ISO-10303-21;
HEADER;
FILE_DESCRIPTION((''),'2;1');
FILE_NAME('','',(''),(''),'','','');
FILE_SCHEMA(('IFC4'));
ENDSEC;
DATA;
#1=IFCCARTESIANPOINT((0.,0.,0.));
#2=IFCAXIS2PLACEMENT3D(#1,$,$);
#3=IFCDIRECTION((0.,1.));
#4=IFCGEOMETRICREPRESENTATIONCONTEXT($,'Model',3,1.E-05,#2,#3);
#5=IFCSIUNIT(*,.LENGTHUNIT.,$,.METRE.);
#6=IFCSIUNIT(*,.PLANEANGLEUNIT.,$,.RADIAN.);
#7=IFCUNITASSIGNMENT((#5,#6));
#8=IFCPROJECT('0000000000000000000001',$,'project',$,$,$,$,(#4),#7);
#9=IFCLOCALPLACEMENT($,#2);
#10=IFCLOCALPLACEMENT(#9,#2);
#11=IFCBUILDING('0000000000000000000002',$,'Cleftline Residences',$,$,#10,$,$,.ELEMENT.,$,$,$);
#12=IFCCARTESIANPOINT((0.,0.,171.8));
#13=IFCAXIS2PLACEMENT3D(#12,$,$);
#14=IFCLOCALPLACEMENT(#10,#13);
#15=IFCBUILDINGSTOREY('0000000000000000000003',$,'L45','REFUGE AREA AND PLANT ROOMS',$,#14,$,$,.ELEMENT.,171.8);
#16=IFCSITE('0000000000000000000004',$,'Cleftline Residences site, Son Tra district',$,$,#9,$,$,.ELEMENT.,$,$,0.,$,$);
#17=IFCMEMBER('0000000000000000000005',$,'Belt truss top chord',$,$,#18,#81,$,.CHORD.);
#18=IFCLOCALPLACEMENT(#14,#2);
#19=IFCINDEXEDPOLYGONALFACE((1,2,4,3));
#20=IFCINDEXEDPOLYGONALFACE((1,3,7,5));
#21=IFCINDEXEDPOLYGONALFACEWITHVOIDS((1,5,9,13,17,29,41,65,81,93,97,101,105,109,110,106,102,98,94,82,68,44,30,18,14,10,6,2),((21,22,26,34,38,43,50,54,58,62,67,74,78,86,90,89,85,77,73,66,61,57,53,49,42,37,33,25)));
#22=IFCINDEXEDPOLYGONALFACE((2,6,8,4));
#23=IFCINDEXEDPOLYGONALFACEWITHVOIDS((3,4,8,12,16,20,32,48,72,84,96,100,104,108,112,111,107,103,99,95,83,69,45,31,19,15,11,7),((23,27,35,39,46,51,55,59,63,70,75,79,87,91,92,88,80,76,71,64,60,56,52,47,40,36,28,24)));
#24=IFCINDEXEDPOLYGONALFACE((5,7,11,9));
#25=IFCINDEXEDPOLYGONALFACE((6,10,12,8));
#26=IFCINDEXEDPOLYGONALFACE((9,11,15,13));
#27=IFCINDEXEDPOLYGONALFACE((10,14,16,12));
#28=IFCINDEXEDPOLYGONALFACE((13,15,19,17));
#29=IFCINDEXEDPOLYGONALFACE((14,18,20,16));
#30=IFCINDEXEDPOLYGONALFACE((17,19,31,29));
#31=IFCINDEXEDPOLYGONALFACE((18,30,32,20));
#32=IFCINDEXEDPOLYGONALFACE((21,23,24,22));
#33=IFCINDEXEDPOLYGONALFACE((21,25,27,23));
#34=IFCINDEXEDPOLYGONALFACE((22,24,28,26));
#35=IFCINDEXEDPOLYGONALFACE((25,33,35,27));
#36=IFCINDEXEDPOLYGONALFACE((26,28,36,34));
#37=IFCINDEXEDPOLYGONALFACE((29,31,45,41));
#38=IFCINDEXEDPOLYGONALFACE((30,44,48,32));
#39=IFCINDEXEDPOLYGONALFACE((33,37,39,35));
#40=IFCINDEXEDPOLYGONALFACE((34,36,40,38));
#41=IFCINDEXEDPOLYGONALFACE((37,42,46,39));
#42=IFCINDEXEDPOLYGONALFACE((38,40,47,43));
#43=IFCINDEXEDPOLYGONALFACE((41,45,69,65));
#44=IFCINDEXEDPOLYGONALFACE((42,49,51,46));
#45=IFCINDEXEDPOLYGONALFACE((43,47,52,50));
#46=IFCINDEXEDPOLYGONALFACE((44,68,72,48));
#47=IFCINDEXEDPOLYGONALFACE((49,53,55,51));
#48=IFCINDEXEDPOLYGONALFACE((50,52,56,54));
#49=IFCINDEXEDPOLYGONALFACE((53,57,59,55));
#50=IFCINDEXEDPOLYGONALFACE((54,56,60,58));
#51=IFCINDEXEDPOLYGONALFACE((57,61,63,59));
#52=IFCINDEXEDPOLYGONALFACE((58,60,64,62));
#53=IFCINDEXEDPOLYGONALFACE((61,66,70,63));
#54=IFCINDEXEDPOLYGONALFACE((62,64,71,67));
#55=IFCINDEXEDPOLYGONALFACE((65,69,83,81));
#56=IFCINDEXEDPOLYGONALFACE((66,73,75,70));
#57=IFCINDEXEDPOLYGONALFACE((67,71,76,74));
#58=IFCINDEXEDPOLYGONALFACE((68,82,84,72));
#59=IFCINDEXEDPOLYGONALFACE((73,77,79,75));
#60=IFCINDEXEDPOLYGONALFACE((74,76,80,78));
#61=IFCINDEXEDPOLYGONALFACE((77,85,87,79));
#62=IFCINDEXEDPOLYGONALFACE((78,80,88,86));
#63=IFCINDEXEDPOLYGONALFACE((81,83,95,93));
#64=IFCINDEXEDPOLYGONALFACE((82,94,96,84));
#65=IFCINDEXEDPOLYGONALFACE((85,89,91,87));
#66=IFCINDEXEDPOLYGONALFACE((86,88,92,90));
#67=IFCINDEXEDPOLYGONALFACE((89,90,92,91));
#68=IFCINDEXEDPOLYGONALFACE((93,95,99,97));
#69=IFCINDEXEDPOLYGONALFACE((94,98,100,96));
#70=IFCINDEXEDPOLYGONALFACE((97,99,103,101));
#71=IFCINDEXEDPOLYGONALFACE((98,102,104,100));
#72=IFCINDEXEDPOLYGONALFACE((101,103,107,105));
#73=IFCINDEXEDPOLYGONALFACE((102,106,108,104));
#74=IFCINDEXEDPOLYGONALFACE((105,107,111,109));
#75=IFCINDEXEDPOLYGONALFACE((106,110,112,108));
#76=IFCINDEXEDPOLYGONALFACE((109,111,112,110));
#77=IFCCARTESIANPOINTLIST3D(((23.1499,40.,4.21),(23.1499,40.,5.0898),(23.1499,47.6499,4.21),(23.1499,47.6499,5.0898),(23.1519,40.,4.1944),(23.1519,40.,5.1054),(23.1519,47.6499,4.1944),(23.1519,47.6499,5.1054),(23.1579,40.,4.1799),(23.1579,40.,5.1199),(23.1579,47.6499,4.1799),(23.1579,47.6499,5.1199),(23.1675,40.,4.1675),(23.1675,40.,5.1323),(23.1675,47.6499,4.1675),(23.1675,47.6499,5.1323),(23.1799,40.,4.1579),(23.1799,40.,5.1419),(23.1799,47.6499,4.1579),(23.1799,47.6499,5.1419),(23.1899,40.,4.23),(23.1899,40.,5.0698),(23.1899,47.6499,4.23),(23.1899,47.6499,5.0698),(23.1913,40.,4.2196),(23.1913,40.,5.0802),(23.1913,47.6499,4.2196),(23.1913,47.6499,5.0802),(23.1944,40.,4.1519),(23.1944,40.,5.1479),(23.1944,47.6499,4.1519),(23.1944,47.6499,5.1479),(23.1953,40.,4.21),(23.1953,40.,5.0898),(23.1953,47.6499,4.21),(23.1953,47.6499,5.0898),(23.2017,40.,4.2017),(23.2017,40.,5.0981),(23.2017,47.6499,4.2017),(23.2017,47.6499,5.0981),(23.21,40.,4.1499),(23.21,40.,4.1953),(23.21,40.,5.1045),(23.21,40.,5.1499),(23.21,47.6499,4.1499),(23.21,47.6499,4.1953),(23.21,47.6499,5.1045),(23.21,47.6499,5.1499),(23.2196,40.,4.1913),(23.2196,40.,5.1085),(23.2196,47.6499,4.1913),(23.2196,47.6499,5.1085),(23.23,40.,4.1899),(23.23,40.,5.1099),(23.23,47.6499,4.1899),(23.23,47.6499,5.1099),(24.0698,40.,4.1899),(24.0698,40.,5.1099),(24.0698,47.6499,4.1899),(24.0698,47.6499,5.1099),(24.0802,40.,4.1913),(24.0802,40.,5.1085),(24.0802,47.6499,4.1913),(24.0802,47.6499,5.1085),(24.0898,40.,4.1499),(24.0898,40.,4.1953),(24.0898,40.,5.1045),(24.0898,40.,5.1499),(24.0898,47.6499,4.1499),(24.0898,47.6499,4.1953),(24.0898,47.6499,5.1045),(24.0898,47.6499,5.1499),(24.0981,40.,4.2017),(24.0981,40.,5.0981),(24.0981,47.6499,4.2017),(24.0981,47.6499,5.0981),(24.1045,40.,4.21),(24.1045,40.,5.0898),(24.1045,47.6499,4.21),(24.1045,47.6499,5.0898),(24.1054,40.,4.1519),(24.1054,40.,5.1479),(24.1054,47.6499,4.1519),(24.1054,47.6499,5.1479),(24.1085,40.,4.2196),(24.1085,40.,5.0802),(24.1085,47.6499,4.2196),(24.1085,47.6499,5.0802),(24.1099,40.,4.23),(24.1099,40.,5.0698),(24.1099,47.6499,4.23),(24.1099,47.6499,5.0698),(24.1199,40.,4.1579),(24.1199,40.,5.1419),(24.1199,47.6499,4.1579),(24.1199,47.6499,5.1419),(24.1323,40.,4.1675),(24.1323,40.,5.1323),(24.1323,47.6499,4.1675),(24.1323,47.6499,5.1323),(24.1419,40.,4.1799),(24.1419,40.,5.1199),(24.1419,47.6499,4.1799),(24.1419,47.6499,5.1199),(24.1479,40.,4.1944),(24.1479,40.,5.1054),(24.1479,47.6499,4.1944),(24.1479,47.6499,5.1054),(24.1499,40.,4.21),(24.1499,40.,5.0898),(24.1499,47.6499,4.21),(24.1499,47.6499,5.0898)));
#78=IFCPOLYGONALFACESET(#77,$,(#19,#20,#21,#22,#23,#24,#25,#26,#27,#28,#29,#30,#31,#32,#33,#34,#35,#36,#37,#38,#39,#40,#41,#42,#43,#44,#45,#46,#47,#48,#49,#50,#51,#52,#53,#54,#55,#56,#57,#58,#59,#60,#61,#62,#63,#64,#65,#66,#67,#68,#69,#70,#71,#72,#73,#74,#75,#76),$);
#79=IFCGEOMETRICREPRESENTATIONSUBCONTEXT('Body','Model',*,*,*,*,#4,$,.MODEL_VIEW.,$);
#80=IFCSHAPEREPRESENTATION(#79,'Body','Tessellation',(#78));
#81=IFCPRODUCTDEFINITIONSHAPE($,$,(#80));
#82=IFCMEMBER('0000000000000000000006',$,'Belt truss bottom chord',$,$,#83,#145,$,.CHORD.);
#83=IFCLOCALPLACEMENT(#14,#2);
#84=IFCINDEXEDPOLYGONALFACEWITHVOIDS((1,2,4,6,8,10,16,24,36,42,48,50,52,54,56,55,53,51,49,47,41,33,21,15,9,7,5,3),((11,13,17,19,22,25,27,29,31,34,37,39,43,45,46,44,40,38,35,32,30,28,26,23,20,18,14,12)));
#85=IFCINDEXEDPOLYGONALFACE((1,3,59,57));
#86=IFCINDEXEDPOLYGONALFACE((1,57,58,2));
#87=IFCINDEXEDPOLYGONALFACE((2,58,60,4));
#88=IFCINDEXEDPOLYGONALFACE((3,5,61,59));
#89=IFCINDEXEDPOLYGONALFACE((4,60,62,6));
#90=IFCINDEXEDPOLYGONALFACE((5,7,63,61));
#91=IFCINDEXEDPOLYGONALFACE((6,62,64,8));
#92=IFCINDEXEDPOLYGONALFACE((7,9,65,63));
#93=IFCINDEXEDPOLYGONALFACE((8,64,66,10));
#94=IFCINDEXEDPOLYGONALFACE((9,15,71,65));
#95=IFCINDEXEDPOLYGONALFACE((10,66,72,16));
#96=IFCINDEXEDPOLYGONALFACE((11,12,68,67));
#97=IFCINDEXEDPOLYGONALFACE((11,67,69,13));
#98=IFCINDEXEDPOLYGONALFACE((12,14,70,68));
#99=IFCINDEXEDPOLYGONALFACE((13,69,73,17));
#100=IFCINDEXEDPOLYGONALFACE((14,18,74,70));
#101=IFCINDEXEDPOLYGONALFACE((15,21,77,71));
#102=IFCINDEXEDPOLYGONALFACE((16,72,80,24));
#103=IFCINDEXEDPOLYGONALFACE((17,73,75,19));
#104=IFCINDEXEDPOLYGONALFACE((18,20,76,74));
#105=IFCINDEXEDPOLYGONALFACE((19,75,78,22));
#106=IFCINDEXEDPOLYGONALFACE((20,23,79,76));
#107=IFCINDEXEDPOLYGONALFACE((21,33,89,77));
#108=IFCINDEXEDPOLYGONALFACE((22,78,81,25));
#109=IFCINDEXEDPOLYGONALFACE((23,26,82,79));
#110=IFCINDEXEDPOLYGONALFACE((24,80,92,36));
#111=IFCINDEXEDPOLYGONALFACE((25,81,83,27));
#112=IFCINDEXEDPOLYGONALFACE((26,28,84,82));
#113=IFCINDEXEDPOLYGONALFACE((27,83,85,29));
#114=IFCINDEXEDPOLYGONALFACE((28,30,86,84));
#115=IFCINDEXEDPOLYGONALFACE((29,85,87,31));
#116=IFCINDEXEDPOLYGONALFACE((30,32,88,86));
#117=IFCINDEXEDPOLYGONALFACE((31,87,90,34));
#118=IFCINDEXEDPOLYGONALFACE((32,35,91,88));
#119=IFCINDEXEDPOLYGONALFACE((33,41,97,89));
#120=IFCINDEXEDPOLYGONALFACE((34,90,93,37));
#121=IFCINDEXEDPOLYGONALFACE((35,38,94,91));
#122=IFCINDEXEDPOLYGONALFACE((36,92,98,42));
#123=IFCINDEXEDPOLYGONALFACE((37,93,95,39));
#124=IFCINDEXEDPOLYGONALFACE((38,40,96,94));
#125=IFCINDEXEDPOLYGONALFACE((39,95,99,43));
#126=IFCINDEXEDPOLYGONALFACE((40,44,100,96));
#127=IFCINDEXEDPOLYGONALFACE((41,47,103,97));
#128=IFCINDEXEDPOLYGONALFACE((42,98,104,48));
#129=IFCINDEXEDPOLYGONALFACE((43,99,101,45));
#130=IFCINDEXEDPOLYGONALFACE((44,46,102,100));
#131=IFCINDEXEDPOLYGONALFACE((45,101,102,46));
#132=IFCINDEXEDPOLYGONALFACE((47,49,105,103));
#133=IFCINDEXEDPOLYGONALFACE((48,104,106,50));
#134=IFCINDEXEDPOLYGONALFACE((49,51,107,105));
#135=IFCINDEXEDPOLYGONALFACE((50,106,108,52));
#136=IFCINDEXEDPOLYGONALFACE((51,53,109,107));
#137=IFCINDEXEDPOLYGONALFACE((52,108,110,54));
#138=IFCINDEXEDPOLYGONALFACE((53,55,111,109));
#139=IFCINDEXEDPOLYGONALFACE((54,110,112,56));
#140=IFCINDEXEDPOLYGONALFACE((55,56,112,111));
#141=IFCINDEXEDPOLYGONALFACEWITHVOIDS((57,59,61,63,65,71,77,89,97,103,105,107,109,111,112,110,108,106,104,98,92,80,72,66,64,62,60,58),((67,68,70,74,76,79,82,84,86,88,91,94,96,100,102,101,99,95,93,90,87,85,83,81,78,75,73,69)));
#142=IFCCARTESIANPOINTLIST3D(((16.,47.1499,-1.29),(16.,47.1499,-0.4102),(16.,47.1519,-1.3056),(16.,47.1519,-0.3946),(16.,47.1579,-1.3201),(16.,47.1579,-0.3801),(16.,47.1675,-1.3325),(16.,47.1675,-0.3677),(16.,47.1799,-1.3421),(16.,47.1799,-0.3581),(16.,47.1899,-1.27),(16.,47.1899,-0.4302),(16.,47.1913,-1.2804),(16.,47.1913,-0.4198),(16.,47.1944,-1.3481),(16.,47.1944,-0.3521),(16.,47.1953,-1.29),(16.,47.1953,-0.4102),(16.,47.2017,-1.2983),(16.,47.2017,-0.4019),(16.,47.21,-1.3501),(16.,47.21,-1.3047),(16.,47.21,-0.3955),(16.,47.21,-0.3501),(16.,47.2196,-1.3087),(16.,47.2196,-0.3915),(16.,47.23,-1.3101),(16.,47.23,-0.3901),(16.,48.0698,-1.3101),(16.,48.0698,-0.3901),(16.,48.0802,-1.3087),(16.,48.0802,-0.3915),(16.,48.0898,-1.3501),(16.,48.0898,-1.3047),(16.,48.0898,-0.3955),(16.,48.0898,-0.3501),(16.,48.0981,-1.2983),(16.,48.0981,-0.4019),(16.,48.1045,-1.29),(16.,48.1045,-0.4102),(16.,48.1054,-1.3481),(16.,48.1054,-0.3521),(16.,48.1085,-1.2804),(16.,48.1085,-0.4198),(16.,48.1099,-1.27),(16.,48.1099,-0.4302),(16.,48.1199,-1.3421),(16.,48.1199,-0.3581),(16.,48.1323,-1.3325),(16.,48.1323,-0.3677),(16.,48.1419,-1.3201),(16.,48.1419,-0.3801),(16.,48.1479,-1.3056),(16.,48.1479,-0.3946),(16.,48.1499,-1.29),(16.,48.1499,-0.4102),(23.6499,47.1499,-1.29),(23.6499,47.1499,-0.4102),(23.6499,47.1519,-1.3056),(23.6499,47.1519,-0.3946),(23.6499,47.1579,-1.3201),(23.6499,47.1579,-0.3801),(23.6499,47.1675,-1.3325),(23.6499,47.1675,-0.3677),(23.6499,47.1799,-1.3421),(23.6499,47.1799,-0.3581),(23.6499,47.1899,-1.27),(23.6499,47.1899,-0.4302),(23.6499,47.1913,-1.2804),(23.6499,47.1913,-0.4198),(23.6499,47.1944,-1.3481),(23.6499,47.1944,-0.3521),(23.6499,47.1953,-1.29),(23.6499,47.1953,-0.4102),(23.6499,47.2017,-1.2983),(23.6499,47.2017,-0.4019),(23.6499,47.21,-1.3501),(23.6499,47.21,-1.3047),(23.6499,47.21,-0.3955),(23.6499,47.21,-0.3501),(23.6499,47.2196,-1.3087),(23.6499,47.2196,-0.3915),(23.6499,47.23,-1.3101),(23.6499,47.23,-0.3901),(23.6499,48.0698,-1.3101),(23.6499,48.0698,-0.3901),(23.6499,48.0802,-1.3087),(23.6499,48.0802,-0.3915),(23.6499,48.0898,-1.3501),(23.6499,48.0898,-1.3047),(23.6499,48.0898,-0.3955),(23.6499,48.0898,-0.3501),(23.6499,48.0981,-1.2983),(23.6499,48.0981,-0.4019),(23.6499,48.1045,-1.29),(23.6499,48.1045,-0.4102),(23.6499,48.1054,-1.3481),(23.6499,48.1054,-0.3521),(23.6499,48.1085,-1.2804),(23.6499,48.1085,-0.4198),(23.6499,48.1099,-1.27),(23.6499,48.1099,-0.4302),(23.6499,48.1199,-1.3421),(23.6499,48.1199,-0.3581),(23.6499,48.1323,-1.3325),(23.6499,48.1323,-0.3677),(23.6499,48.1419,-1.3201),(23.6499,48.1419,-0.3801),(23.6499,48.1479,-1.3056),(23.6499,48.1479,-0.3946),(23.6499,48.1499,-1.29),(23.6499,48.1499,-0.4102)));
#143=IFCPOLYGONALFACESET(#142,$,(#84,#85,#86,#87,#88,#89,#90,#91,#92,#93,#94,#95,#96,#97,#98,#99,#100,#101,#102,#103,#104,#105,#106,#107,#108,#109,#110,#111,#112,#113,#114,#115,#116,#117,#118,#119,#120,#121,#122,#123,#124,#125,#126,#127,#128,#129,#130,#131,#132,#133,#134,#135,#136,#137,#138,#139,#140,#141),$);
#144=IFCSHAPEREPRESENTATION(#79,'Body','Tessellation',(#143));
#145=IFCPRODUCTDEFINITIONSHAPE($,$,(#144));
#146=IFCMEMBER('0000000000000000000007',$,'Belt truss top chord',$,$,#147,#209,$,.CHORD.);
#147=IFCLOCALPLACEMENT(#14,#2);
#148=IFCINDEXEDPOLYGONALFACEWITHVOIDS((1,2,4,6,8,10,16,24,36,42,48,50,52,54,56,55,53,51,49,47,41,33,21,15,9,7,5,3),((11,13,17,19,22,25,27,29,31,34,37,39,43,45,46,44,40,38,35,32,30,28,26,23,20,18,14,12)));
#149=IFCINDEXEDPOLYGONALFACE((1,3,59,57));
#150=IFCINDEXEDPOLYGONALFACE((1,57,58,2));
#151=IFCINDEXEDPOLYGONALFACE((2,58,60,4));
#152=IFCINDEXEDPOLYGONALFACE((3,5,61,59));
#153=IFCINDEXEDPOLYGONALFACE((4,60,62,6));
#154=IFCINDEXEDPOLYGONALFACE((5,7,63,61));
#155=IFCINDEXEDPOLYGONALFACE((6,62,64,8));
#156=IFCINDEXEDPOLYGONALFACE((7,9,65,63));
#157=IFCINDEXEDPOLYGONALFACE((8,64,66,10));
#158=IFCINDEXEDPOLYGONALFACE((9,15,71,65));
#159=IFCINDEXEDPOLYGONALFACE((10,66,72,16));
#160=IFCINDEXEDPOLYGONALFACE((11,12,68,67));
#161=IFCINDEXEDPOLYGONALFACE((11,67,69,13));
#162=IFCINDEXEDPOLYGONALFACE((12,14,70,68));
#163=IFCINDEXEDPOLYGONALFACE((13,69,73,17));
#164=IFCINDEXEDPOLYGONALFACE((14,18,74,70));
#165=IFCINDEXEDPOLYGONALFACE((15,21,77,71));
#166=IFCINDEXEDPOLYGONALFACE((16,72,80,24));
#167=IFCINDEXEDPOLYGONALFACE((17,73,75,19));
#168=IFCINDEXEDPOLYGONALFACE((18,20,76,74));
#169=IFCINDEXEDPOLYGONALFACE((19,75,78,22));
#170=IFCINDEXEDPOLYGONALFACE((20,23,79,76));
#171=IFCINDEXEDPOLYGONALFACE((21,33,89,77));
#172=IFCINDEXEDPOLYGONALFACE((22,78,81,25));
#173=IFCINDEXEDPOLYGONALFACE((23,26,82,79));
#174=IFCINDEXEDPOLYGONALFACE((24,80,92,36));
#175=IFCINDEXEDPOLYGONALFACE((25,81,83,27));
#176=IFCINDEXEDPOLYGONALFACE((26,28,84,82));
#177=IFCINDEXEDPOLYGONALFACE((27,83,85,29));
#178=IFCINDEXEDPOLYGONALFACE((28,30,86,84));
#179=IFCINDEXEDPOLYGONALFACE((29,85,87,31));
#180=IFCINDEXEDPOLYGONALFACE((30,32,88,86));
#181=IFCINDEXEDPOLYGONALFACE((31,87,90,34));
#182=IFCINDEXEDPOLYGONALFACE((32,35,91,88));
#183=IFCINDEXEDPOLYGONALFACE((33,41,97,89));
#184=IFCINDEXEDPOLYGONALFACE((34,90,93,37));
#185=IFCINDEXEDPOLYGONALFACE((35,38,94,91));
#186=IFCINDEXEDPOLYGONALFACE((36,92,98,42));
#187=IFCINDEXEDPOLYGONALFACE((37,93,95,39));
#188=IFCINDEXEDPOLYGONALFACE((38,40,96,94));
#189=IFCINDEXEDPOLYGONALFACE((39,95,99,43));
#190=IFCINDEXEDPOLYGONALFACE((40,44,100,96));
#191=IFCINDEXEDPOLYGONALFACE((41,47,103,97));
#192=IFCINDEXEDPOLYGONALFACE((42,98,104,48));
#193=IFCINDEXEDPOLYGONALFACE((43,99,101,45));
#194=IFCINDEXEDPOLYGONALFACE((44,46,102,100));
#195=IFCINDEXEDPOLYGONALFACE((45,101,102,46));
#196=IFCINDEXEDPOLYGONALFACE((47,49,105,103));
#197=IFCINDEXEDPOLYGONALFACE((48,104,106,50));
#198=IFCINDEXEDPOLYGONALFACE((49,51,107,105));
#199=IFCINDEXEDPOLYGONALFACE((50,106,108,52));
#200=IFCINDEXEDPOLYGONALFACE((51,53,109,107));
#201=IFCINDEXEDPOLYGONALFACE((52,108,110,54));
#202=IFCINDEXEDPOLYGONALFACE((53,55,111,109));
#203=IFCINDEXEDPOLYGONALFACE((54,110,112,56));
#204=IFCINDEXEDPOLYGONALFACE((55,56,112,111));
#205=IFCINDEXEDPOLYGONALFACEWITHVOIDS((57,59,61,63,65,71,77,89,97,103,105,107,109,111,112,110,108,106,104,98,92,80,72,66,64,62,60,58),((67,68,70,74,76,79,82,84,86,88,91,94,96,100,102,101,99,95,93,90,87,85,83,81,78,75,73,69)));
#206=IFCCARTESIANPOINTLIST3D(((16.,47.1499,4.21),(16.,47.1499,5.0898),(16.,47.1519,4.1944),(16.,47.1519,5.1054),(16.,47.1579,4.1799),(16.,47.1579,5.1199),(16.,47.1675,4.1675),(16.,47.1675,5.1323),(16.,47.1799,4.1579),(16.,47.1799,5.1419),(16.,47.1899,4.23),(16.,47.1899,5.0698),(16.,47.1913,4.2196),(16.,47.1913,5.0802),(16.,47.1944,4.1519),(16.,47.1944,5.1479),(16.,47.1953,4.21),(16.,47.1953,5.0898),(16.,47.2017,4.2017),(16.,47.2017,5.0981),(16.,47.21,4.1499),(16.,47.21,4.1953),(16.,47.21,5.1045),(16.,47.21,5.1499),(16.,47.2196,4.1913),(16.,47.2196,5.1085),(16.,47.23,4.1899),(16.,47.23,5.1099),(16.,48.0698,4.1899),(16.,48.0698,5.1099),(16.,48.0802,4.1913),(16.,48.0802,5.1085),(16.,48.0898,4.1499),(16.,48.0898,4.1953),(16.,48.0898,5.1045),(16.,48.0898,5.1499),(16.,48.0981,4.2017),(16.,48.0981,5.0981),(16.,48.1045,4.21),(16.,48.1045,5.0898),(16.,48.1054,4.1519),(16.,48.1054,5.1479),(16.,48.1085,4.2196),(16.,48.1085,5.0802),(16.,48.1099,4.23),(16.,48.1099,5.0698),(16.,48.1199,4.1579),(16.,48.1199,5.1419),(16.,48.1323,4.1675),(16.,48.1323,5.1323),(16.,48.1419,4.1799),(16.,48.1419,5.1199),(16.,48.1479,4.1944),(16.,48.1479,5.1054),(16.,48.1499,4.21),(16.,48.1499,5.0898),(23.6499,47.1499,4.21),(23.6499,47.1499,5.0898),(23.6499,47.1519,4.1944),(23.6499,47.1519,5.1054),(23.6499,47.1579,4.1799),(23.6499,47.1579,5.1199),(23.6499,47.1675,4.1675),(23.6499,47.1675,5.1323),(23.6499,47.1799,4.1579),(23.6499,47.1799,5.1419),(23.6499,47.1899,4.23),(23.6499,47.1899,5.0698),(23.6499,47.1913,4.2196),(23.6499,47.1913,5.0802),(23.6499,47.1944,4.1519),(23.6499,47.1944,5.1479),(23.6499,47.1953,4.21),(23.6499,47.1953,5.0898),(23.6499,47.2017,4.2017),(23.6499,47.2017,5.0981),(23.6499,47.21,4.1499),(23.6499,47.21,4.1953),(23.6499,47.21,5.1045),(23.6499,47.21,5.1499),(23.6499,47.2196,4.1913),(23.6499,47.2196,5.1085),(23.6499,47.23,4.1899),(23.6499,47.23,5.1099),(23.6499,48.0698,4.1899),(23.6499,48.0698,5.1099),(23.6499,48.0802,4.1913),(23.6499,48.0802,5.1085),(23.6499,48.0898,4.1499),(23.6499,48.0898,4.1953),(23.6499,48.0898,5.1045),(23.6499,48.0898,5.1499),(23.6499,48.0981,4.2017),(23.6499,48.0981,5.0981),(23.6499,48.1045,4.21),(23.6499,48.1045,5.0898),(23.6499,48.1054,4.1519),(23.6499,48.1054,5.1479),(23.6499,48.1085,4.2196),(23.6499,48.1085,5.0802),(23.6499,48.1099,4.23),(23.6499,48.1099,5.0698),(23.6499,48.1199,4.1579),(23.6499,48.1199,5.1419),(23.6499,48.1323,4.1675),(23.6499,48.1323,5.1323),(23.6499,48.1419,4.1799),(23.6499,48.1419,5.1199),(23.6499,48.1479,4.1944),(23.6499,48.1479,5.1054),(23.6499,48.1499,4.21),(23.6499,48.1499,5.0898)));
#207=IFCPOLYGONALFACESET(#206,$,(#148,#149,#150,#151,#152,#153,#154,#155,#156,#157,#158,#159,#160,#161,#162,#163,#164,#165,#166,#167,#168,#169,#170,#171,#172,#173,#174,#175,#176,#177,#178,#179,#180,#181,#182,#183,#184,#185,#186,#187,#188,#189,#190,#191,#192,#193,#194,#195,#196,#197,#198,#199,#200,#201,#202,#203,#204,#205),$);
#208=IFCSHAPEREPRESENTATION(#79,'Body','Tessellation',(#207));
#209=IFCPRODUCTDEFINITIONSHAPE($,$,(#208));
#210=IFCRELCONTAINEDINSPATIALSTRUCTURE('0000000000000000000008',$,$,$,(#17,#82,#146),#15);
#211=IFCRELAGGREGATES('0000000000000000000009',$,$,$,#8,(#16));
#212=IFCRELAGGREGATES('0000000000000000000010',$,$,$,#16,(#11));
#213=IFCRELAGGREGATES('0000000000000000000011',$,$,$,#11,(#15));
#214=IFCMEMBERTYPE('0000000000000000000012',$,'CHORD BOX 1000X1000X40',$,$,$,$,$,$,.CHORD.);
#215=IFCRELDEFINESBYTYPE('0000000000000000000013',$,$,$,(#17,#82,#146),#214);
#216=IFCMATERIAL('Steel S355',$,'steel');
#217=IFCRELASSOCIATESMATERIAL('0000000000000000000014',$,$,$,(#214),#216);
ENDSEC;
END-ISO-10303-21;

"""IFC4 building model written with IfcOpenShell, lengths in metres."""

from ifc_helpers import new_model, si_unit, direction, frame, origin, origin_2d, place, context, subcontext, project, spatial, hollow_rectangle, extrude, material, material_profile, profile_set, type_object, element, save


model = new_model("IFC4")

# Units and contexts
model_context = context("Model", 3, precision=1e-05, world=origin(), true_north=direction((0.0, 1.0)))
body_context = subcontext(model_context, "Body", "Model", "MODEL_VIEW")
ifc_project = project(units=[si_unit("LENGTHUNIT", "METRE"), si_unit("PLANEANGLEUNIT", "RADIAN")], contexts=[model_context])

# Site, building, storey
site_placement = place(None, origin())
site = spatial("IfcSite", under=ifc_project, at=site_placement, Name="Cleftline Residences site, Son Tra district", CompositionType="ELEMENT", RefElevation=0.0)
building_placement = place(site_placement, origin())
building = spatial("IfcBuilding", under=site, at=building_placement, Name="Cleftline Residences", CompositionType="ELEMENT")
storey_placement = place(building_placement, frame((0.0, 0.0, 171.8)))
storey = spatial("IfcBuildingStorey", under=building, at=storey_placement, Name="L45", Description="REFUGE AREA AND PLANT ROOMS", CompositionType="ELEMENT", Elevation=171.8)

# Members
ifc_material_1 = material(Name="Steel S355", Category="steel")
ifc_material_profile_1 = material_profile(ifc_material_1, hollow_rectangle(XDim=1.0, YDim=1.0, WallThickness=0.04, InnerFilletRadius=0.04, OuterFilletRadius=0.0601, at=origin_2d()))
ifc_profile_set_1 = profile_set([ifc_material_profile_1], Name="Steel S355")
member_type_1 = type_object("IfcMemberType", Name="CHORD BOX 1000X1000X40", PredefinedType="CHORD", material=ifc_profile_set_1)
for number, where, z_axis, x_axis, name in (
    (1, (23.6499, 40.0, 4.6499), (0.0, 1.0, 0.0), (-1.0, 0.0, 0.0), "Belt truss top chord"),
    (2, (16.0, 47.6499, -0.8501), (1.0, 0.0, 0.0), (0.0, 1.0, 0.0), "Belt truss bottom chord"),
    (3, (16.0, 47.6499, 4.6499), (1.0, 0.0, 0.0), (0.0, 1.0, 0.0), "Belt truss top chord"),
):
    element("IfcMember", number, at=place(storey_placement, frame(where, z_axis=z_axis, x_axis=x_axis)), inside=storey, type_object=member_type_1, Name=name, PredefinedType="CHORD", context=body_context, shape_type="SweptSolid", body=[
        extrude(hollow_rectangle(XDim=1.0, YDim=1.0, WallThickness=0.04, InnerFilletRadius=0.04, OuterFilletRadius=0.0601, at=origin_2d()), origin(), (0.0, 0.0, 1.0), 7.6499),
    ])

save(model, "model.ifc")
